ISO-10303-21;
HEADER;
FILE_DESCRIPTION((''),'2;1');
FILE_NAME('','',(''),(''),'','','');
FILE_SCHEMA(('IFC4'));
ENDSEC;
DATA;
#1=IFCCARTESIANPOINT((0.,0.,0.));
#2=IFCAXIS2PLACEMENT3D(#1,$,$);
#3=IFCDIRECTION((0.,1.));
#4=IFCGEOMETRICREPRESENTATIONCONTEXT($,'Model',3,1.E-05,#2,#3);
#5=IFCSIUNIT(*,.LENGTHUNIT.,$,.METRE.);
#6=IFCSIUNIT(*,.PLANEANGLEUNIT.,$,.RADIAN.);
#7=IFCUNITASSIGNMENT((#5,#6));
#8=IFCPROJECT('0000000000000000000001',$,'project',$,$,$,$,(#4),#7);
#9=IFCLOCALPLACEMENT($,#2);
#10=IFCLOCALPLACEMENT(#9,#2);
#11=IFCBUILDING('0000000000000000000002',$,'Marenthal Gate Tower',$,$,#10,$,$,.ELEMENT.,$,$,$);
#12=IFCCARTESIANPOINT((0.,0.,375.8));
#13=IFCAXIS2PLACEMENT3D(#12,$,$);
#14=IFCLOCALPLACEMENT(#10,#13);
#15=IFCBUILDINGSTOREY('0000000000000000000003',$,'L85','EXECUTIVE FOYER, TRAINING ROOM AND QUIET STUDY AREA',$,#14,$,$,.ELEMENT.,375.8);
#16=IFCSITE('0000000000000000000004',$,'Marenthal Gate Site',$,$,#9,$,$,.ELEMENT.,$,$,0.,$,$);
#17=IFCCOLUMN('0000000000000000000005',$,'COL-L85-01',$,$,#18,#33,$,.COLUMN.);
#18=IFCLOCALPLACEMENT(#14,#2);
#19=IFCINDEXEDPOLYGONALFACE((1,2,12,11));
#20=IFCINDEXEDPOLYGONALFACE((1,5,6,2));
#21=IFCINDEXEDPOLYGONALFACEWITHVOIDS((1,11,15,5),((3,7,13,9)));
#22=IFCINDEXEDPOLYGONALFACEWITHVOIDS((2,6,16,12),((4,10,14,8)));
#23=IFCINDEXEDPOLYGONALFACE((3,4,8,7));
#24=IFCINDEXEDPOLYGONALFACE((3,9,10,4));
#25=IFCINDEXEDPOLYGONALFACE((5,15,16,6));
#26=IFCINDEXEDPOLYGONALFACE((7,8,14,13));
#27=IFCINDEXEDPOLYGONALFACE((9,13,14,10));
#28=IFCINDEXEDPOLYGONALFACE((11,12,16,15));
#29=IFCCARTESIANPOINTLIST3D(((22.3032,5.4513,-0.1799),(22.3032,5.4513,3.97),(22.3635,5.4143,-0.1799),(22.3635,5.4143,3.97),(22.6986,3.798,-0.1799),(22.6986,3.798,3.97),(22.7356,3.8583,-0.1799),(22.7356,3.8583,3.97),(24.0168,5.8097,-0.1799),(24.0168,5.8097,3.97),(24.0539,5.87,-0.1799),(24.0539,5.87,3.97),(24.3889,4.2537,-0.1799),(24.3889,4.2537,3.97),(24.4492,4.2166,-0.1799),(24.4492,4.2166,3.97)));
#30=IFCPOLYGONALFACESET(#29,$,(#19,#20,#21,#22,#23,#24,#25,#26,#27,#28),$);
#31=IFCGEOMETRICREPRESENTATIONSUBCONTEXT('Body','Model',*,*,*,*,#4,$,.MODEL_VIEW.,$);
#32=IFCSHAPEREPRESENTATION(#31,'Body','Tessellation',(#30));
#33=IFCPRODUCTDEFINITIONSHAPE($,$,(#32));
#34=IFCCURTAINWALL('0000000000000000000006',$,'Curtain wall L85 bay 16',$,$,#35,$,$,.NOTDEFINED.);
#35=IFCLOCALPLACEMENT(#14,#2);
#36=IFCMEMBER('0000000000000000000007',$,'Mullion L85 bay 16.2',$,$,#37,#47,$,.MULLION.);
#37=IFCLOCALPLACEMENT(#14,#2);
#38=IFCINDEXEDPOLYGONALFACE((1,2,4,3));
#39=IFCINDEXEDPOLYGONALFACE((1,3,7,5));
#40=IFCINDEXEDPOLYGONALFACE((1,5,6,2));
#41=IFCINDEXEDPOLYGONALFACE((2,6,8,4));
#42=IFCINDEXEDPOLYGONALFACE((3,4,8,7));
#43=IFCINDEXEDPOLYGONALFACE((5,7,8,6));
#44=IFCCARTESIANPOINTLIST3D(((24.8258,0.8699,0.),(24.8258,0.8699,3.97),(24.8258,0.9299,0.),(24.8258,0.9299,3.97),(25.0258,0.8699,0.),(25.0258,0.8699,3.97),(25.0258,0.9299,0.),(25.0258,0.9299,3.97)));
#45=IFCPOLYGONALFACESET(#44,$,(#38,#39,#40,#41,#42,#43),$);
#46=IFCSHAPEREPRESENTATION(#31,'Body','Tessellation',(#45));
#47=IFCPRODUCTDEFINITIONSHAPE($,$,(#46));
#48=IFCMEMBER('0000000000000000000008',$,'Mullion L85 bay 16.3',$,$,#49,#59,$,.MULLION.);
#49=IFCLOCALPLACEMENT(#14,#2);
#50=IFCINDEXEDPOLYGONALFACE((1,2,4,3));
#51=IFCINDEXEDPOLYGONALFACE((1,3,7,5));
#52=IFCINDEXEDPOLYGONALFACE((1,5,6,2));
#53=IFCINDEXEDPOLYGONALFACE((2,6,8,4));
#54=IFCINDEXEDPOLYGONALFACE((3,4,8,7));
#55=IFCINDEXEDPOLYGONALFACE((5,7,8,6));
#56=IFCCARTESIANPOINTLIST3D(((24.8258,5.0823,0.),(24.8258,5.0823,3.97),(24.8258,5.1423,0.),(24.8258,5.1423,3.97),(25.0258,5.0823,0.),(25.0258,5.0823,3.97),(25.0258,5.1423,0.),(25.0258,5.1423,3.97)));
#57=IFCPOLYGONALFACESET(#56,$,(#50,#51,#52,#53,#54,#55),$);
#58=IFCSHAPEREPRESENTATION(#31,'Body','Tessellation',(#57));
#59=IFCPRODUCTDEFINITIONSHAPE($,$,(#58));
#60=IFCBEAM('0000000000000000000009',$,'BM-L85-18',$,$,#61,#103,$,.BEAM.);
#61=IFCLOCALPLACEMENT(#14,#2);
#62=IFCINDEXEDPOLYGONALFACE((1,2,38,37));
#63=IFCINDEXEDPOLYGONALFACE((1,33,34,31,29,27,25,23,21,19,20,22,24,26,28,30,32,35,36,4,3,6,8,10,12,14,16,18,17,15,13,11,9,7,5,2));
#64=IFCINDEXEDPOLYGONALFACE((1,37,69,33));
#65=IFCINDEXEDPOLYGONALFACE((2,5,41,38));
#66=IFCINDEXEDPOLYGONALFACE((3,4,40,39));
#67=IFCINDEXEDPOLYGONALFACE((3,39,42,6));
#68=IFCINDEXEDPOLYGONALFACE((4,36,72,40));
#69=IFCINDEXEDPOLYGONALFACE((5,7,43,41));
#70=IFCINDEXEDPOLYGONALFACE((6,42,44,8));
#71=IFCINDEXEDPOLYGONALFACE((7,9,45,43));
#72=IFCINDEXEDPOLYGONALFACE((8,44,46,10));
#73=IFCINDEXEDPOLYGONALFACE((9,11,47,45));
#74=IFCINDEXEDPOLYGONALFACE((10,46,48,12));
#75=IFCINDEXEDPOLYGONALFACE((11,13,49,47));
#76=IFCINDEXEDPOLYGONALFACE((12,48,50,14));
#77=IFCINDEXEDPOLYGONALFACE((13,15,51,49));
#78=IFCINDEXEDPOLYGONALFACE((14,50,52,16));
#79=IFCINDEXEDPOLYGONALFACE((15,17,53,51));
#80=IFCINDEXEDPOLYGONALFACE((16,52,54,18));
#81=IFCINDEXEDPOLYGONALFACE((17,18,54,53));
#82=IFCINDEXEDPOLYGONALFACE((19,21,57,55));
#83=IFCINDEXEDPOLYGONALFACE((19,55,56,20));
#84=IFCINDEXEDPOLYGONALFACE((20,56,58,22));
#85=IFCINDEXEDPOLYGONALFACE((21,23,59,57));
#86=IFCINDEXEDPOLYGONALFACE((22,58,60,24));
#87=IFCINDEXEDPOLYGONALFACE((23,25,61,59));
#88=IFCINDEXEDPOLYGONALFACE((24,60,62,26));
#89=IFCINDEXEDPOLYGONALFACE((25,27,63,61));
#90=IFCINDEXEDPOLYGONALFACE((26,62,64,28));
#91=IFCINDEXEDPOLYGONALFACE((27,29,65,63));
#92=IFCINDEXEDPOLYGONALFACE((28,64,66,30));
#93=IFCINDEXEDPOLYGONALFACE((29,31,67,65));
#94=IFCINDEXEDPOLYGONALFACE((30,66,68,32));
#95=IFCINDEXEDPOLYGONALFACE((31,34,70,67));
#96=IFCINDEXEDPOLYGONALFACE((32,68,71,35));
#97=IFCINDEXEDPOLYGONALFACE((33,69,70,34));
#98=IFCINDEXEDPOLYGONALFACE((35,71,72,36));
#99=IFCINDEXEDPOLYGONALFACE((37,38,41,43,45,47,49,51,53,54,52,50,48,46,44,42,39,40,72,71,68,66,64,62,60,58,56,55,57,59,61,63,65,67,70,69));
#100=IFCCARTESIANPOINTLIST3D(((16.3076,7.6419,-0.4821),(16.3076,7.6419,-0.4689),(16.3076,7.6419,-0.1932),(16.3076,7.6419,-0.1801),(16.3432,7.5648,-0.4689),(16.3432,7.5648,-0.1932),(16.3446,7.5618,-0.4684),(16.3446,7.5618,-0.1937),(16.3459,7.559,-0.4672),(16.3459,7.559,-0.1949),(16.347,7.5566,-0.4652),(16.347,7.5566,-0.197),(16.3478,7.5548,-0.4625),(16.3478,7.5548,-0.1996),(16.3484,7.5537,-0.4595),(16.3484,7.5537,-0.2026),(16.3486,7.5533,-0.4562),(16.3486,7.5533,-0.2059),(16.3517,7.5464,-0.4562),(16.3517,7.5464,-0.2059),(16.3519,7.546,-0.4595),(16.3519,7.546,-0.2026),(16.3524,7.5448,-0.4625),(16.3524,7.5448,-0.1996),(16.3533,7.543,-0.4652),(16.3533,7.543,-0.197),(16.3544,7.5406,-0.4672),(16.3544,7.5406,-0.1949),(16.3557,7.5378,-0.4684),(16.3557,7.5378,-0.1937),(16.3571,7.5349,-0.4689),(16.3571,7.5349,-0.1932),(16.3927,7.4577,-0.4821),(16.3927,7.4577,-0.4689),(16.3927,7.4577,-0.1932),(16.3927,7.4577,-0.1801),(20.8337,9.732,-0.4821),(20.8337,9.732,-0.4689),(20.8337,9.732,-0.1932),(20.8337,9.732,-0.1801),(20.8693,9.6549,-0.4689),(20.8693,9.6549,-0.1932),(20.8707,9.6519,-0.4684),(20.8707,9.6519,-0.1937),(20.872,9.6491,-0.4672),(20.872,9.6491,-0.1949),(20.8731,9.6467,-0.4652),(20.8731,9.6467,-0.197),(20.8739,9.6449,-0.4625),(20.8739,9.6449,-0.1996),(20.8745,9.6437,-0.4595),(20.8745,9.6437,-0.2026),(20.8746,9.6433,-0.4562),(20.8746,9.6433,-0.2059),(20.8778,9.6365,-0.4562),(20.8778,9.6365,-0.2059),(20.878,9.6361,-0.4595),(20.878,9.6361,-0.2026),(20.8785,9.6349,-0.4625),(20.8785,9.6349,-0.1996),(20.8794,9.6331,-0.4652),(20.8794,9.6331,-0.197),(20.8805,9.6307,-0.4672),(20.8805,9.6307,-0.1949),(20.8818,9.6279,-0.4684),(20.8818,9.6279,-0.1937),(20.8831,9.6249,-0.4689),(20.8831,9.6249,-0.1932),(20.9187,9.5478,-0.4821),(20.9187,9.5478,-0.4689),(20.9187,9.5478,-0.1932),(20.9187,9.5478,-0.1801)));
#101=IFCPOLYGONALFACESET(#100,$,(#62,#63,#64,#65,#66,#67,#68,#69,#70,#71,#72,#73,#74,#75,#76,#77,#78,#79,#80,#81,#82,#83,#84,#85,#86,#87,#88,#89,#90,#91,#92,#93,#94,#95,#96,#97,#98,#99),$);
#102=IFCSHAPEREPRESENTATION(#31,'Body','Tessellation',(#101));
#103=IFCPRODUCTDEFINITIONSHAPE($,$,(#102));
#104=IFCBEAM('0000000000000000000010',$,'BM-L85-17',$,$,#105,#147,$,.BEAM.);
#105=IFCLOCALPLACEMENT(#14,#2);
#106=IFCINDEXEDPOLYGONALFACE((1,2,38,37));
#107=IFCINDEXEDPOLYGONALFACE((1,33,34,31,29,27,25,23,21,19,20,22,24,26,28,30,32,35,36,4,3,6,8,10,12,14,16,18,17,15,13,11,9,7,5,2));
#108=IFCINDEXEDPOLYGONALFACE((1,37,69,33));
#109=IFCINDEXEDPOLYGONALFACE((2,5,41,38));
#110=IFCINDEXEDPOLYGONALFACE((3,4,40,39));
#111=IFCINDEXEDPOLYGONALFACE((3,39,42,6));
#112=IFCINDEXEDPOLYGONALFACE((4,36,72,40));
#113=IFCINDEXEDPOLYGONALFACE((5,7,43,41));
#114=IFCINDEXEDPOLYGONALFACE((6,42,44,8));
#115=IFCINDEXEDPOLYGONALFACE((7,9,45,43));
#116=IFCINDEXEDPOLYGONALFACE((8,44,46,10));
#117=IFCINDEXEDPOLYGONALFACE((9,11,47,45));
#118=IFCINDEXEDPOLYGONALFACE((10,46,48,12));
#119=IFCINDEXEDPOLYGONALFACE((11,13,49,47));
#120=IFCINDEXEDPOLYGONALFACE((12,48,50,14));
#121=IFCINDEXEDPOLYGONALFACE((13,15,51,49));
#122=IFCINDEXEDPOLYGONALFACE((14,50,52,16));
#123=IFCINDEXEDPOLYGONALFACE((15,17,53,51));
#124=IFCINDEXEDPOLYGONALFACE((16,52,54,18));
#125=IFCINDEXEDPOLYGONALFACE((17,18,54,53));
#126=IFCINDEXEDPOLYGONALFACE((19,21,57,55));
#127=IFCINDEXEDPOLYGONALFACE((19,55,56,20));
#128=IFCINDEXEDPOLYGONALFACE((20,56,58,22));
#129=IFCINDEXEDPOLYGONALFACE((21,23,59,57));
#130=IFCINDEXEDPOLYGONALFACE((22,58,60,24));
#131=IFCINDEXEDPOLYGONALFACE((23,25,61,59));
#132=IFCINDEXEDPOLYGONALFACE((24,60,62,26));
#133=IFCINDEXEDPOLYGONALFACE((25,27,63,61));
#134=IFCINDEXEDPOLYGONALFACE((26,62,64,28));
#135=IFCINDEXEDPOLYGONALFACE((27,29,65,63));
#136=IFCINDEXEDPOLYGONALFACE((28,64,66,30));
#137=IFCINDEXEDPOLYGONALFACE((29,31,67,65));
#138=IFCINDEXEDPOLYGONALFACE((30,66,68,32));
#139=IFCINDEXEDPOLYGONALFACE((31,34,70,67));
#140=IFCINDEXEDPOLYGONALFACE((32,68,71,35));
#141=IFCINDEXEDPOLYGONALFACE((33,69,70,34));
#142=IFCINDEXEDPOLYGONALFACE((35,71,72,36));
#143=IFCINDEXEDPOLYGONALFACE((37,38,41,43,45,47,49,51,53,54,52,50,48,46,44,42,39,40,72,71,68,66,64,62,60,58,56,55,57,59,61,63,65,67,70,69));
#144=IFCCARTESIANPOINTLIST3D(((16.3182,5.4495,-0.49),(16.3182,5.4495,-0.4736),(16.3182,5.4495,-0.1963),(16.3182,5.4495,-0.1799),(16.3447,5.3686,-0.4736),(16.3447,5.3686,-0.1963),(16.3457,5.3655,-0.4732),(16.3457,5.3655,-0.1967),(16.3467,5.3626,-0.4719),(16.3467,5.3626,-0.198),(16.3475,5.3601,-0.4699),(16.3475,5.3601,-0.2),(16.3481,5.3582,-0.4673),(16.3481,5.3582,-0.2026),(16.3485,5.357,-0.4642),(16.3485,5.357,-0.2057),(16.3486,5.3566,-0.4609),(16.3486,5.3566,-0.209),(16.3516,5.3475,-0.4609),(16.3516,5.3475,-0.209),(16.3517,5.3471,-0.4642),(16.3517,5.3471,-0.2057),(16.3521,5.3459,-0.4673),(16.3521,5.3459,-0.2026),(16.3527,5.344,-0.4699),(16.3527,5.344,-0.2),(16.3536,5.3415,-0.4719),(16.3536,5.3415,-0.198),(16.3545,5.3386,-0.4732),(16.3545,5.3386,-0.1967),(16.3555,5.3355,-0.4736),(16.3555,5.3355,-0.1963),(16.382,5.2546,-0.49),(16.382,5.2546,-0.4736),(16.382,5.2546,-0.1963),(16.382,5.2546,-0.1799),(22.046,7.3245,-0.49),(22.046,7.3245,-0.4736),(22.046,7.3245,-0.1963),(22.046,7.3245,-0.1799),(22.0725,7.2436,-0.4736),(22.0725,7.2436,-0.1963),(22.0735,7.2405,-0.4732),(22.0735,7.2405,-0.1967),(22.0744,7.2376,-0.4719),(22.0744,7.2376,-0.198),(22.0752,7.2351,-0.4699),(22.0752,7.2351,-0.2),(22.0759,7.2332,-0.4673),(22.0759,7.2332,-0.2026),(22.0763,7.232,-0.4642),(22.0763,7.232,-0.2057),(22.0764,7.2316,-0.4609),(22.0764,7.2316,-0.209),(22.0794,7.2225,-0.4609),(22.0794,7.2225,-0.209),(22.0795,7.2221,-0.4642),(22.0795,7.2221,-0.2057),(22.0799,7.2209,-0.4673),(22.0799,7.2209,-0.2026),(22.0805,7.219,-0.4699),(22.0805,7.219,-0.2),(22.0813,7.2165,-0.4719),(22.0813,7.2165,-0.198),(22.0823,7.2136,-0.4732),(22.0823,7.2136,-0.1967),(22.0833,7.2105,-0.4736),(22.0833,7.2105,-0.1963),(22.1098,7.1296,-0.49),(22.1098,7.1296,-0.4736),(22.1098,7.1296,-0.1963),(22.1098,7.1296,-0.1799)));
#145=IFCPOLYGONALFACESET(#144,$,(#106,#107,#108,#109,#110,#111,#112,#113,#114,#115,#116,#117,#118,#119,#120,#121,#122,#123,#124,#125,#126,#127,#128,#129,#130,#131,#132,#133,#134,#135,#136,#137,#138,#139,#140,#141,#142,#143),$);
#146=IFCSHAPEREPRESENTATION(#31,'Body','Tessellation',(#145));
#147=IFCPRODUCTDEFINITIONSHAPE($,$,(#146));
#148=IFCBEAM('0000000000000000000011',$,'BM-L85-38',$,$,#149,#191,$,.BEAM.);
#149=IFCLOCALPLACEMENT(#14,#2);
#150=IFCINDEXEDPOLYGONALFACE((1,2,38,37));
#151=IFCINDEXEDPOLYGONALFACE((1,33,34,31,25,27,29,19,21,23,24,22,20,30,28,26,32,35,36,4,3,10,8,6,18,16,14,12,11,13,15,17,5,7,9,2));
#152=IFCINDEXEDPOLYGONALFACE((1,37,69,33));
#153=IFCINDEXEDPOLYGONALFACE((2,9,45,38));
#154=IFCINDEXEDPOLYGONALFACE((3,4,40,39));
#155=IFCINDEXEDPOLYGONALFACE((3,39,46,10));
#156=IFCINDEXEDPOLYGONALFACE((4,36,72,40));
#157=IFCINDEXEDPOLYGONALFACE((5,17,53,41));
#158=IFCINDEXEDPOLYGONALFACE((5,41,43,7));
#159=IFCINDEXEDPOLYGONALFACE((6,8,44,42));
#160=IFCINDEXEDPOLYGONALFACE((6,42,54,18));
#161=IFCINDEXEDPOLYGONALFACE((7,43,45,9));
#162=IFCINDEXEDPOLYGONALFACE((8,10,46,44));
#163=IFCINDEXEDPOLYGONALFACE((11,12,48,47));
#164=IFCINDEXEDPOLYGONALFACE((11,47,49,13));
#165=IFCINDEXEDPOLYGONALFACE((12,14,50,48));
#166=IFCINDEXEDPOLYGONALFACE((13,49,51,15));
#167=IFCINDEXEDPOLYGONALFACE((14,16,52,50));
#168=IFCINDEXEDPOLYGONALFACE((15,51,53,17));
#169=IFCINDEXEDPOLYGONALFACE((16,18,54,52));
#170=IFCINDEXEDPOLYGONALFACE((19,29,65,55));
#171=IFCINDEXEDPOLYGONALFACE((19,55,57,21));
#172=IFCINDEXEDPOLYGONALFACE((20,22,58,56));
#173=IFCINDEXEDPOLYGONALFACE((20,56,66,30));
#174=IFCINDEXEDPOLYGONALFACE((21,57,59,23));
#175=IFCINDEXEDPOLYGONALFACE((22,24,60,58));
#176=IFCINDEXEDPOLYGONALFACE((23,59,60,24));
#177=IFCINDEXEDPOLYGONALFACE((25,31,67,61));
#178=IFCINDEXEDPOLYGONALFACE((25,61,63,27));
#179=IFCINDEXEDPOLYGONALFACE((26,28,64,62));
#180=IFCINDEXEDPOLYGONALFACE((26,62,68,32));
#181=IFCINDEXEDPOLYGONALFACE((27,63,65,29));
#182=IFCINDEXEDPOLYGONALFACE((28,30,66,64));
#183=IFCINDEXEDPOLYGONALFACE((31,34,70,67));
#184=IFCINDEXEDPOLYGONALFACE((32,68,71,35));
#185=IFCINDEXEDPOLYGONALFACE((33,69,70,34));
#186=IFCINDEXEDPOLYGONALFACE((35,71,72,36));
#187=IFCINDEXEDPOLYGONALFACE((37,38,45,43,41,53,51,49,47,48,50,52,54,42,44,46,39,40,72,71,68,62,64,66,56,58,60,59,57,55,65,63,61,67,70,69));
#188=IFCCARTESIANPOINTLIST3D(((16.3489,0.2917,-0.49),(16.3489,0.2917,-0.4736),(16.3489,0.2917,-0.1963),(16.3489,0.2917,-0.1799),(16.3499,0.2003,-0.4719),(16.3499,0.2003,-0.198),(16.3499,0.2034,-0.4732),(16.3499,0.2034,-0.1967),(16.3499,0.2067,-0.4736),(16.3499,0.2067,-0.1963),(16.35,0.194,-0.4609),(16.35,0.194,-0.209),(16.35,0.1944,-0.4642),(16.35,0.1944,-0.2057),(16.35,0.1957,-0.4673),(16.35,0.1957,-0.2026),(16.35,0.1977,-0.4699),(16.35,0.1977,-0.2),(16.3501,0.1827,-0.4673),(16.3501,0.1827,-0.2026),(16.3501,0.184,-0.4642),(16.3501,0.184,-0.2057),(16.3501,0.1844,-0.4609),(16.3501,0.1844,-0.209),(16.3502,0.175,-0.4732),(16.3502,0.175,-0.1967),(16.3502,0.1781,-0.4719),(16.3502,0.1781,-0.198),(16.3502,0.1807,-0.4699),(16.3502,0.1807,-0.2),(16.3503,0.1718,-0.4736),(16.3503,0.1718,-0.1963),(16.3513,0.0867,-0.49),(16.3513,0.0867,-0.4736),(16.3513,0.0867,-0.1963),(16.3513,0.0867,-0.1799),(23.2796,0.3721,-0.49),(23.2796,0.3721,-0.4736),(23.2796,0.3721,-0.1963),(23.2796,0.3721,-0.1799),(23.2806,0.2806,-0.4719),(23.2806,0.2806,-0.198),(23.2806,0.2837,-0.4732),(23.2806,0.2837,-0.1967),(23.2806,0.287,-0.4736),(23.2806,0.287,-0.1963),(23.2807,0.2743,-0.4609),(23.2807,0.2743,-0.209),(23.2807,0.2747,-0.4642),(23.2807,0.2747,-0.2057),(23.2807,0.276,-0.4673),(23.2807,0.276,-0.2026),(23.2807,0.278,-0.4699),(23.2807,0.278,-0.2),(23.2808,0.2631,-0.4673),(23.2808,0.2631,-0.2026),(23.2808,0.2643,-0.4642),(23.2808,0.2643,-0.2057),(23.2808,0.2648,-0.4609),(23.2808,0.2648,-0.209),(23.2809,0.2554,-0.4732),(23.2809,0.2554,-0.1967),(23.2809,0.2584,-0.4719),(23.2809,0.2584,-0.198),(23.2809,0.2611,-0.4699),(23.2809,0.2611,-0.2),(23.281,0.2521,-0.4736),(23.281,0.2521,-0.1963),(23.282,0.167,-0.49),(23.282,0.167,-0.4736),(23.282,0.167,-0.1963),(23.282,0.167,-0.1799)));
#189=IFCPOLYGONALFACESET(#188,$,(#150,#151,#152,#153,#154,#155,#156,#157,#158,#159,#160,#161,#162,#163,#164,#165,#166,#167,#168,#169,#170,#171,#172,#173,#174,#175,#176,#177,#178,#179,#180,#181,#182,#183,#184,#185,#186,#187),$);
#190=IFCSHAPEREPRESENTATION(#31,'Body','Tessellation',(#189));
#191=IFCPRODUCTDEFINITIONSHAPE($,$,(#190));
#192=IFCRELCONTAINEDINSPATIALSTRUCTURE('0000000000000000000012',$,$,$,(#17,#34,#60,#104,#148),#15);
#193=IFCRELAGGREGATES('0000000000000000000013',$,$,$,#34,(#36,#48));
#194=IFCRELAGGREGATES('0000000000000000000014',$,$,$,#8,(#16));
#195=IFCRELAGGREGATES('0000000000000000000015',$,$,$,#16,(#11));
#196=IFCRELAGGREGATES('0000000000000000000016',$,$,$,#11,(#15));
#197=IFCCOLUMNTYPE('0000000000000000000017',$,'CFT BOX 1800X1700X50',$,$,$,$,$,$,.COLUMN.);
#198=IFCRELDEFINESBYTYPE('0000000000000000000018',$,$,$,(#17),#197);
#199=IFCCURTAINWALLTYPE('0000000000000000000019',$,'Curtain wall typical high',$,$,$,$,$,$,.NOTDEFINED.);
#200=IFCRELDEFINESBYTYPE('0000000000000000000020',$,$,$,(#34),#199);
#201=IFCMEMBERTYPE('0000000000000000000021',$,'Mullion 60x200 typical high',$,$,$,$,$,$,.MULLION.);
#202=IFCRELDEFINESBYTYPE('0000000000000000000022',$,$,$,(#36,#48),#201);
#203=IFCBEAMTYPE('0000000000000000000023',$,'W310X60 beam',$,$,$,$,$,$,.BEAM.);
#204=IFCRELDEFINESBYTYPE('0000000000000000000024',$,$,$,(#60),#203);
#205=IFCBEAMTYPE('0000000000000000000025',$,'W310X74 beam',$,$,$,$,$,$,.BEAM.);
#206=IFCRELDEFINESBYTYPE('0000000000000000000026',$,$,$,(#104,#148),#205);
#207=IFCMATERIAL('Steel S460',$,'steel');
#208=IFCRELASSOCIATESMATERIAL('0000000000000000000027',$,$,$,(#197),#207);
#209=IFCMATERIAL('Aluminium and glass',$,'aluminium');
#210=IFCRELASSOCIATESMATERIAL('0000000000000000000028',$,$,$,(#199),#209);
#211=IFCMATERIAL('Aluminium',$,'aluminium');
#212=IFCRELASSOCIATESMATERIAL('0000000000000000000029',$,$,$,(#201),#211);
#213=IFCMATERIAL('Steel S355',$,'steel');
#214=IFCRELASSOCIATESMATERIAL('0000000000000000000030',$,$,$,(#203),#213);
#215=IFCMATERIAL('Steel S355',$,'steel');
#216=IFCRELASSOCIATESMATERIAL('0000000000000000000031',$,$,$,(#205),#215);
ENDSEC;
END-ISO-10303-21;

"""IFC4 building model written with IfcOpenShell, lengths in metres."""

from ifc_helpers import new_model, si_unit, direction, frame, origin, origin_2d, place, context, subcontext, project, spatial, rectangle, hollow_rectangle, i_section, extrude, material, material_profile, profile_set, type_object, element, aggregate, save


model = new_model("IFC4")

# Units and contexts
model_context = context("Model", 3, precision=1e-05, world=origin(), true_north=direction((0.0, 1.0)))
body_context = subcontext(model_context, "Body", "Model", "MODEL_VIEW")
ifc_project = project(units=[si_unit("LENGTHUNIT", "METRE"), si_unit("PLANEANGLEUNIT", "RADIAN")], contexts=[model_context])

# Site, building, storey
site_placement = place(None, origin())
site = spatial("IfcSite", under=ifc_project, at=site_placement, Name="Marenthal Gate Site", CompositionType="ELEMENT", RefElevation=0.0)
building_placement = place(site_placement, origin())
building = spatial("IfcBuilding", under=site, at=building_placement, Name="Marenthal Gate Tower", CompositionType="ELEMENT")
storey_placement = place(building_placement, frame((0.0, 0.0, 375.8)))
storey = spatial("IfcBuildingStorey", under=building, at=storey_placement, Name="L85", Description="EXECUTIVE FOYER, TRAINING ROOM AND QUIET STUDY AREA", CompositionType="ELEMENT", Elevation=375.8)

# Column
ifc_material_1 = material(Name="Steel S460", Category="steel")
ifc_material_profile_1 = material_profile(ifc_material_1, hollow_rectangle(XDim=1.7, YDim=1.8, WallThickness=0.05, at=origin_2d()), Name="CFT BOX 1800X1700X50")
ifc_material_2 = material(Name="Concrete 70 MPa", Category="concrete")
ifc_material_profile_2 = material_profile(ifc_material_2, rectangle(XDim=1.6001, YDim=1.7, at=origin_2d()), Name="CFT BOX 1800X1700X50 INFILL")
ifc_profile_set_1 = profile_set([ifc_material_profile_1, ifc_material_profile_2], Name="Steel S460 shell, Concrete 70 MPa infill")
column_type = type_object("IfcColumnType", Name="CFT BOX 1800X1700X50", PredefinedType="COLUMN", material=ifc_profile_set_1)
column_placement = place(storey_placement, frame((23.3762, 4.834, -0.1799), z_axis=(0.0, 0.0, 1.0), x_axis=(0.232571, -0.972579, 0.0)))
element("IfcColumn", 1, at=column_placement, inside=storey, type_object=column_type, Name="COL-L85-01", PredefinedType="COLUMN", context=body_context, shape_type="SweptSolid", body=[
    extrude(hollow_rectangle(XDim=1.7, YDim=1.8, WallThickness=0.05, at=origin_2d()), origin(), (0.0, 0.0, 1.0), 4.1499),
])

# Curtain wall, members
ifc_material_3 = material(Name="Aluminium and glass", Category="aluminium")
curtain_wall_type = type_object("IfcCurtainWallType", Name="Curtain wall typical high", PredefinedType="NOTDEFINED", material=ifc_material_3)
curtain_wall_placement = place(storey_placement, origin())
curtain_wall = element("IfcCurtainWall", 2, at=curtain_wall_placement, inside=storey, type_object=curtain_wall_type, Name="Curtain wall L85 bay 16", PredefinedType="NOTDEFINED")
ifc_material_4 = material(Name="Aluminium", Category="aluminium")
ifc_material_profile_3 = material_profile(ifc_material_4, rectangle(XDim=0.2, YDim=0.0601, at=origin_2d()), Name="60x200 aluminium mullion")
ifc_profile_set_2 = profile_set([ifc_material_profile_3], Name="Aluminium")
member_type = type_object("IfcMemberType", Name="Mullion 60x200 typical high", PredefinedType="MULLION", material=ifc_profile_set_2)
member_1_placement = place(storey_placement, frame((24.9258, 0.8999, 0.0), z_axis=(0.0, 0.0, 1.0), x_axis=(-1.0, 0.0, 0.0)))
member_1 = element("IfcMember", 3, at=member_1_placement, type_object=member_type, Name="Mullion L85 bay 16.2", PredefinedType="MULLION", context=body_context, shape_type="SweptSolid", body=[
    extrude(rectangle(XDim=0.2, YDim=0.0601, at=origin_2d()), origin(), (0.0, 0.0, 1.0), 3.97),
])
member_2_placement = place(storey_placement, frame((24.9258, 5.1123, 0.0), z_axis=(0.0, 0.0, 1.0), x_axis=(-1.0, 0.0, 0.0)))
member_2 = element("IfcMember", 4, at=member_2_placement, type_object=member_type, Name="Mullion L85 bay 16.3", PredefinedType="MULLION", context=body_context, shape_type="SweptSolid", body=[
    extrude(rectangle(XDim=0.2, YDim=0.0601, at=origin_2d()), origin(), (0.0, 0.0, 1.0), 3.97),
])

# Beams
ifc_material_5 = material(Name="Steel S355", Category="steel")
ifc_material_profile_4 = material_profile(ifc_material_5, i_section(OverallWidth=0.2029, OverallDepth=0.302, WebThickness=0.0076, FlangeThickness=0.0132, FilletRadius=0.0127, at=origin_2d()), Name="W310X60")
ifc_profile_set_3 = profile_set([ifc_material_profile_4], Name="Steel S355")
beam_type_1 = type_object("IfcBeamType", Name="W310X60 beam", PredefinedType="BEAM", material=ifc_profile_set_3)
beam_1_placement = place(storey_placement, frame((20.8762, 9.6399, -0.3311), z_axis=(-0.907875, -0.419241, 0.0), x_axis=(0.419241, -0.907875, 0.0)))
element("IfcBeam", 5, at=beam_1_placement, inside=storey, type_object=beam_type_1, Name="BM-L85-18", PredefinedType="BEAM", context=body_context, shape_type="SweptSolid", body=[
    extrude(i_section(OverallWidth=0.2029, OverallDepth=0.302, WebThickness=0.0076, FlangeThickness=0.0132, FilletRadius=0.0127, at=origin_2d()), origin(), (0.0, 0.0, 1.0), 4.9854),
])
ifc_material_6 = material(Name="Steel S355", Category="steel")
ifc_material_profile_5 = material_profile(ifc_material_6, i_section(OverallWidth=0.2051, OverallDepth=0.3101, WebThickness=0.0095, FlangeThickness=0.0164, FilletRadius=0.0127, at=origin_2d()), Name="W310X74")
ifc_profile_set_4 = profile_set([ifc_material_profile_5], Name="Steel S355")
beam_type_2 = type_object("IfcBeamType", Name="W310X74 beam", PredefinedType="BEAM", material=ifc_profile_set_4)
beam_2_placement = place(storey_placement, frame((22.0779, 7.2271, -0.335), z_axis=(-0.950375, -0.311107, 0.0), x_axis=(0.311107, -0.950375, 0.0)))
element("IfcBeam", 6, at=beam_2_placement, inside=storey, type_object=beam_type_2, Name="BM-L85-17", PredefinedType="BEAM", context=body_context, shape_type="SweptSolid", body=[
    extrude(i_section(OverallWidth=0.2051, OverallDepth=0.3101, WebThickness=0.0095, FlangeThickness=0.0164, FilletRadius=0.0127, at=origin_2d()), origin(), (0.0, 0.0, 1.0), 6.0269),
])
beam_3_placement = place(storey_placement, frame((23.2808, 0.2695, -0.335), z_axis=(-0.999933, -0.011589, 0.0), x_axis=(0.011589, -0.999933, 0.0)))
element("IfcBeam", 7, at=beam_3_placement, inside=storey, type_object=beam_type_2, Name="BM-L85-38", PredefinedType="BEAM", context=body_context, shape_type="SweptSolid", body=[
    extrude(i_section(OverallWidth=0.2051, OverallDepth=0.3101, WebThickness=0.0095, FlangeThickness=0.0164, FilletRadius=0.0127, at=origin_2d()), origin(), (0.0, 0.0, 1.0), 6.9312),
])

aggregate(curtain_wall, [member_1, member_2])

save(model, "model.ifc")
